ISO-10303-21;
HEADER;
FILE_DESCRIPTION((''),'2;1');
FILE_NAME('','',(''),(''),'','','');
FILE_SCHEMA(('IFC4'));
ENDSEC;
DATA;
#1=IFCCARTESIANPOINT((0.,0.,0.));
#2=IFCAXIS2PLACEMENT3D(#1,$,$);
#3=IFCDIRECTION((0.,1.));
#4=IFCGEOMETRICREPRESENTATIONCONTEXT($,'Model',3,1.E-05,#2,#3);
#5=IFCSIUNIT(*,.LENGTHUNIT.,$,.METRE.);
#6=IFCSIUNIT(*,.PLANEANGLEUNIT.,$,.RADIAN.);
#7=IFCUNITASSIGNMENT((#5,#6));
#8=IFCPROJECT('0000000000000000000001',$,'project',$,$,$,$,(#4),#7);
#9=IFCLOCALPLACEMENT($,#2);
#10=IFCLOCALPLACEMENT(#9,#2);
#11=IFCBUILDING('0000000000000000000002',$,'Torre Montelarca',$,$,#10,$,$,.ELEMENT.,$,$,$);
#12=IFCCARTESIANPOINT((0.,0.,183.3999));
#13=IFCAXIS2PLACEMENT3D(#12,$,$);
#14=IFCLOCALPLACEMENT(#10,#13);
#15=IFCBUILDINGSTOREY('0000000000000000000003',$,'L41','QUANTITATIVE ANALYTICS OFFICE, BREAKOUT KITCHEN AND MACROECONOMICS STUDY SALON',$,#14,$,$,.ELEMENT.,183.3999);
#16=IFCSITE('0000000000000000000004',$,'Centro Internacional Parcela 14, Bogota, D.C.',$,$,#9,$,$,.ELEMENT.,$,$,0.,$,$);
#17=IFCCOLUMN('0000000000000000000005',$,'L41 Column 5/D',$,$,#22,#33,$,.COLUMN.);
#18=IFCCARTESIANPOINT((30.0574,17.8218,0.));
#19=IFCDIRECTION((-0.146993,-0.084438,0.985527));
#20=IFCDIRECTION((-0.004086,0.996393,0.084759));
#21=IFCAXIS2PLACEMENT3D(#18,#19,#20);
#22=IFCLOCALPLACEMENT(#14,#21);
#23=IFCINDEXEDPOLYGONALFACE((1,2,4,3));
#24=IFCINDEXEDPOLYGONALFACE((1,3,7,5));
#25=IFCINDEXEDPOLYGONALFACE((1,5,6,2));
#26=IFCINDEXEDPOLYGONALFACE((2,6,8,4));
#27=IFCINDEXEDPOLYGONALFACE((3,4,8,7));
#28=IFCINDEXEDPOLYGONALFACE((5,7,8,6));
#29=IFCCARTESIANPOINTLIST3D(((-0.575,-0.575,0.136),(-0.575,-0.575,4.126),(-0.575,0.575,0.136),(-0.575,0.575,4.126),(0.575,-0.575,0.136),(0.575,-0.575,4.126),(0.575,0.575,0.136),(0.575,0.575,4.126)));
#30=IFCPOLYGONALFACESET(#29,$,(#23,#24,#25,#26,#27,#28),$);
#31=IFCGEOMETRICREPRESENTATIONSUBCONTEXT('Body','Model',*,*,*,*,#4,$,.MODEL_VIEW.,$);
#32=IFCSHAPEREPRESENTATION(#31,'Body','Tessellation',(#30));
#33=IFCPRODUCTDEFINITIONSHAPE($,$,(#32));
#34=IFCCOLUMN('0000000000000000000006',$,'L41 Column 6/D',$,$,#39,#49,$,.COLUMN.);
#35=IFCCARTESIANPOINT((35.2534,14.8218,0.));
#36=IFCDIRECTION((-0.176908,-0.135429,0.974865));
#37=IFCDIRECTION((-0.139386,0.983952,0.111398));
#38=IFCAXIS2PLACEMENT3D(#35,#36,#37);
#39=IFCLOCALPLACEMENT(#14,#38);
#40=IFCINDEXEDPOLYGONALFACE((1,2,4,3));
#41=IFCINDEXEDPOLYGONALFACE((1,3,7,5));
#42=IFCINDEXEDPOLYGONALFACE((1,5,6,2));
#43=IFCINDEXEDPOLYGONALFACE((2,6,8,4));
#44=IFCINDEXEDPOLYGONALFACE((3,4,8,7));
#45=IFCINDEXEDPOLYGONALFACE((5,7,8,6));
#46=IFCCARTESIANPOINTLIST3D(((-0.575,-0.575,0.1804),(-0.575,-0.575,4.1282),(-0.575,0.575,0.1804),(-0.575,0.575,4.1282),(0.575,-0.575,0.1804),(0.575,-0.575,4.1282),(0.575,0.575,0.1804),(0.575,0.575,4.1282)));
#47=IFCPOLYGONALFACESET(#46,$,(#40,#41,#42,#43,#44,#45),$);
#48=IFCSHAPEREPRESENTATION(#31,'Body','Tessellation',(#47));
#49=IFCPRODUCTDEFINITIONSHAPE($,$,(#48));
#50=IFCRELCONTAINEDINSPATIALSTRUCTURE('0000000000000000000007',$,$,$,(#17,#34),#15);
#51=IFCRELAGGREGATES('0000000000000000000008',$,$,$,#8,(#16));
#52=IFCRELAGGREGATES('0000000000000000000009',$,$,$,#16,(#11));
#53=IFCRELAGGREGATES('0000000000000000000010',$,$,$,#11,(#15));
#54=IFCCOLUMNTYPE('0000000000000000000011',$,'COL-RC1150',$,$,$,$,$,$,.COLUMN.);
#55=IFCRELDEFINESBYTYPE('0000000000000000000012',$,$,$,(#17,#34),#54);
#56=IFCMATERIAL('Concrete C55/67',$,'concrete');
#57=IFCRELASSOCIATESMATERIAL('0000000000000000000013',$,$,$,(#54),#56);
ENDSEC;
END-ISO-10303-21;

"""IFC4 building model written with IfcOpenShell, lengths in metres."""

from ifc_helpers import new_model, si_unit, direction, frame, origin, origin_2d, place, context, subcontext, project, spatial, rectangle, extrude, clip, halfspace, material, material_profile, profile_set, type_object, element, save


model = new_model("IFC4")

# Units and contexts
model_context = context("Model", 3, precision=1e-05, world=origin(), true_north=direction((0.0, 1.0)))
body_context = subcontext(model_context, "Body", "Model", "MODEL_VIEW")
ifc_project = project(units=[si_unit("LENGTHUNIT", "METRE"), si_unit("PLANEANGLEUNIT", "RADIAN")], contexts=[model_context])

# Site, building, storey
site_placement = place(None, origin())
site = spatial("IfcSite", under=ifc_project, at=site_placement, Name="Centro Internacional Parcela 14, Bogota, D.C.", CompositionType="ELEMENT", RefElevation=0.0)
building_placement = place(site_placement, origin())
building = spatial("IfcBuilding", under=site, at=building_placement, Name="Torre Montelarca", CompositionType="ELEMENT")
storey_placement = place(building_placement, frame((0.0, 0.0, 183.3999)))
storey = spatial("IfcBuildingStorey", under=building, at=storey_placement, Name="L41", Description="QUANTITATIVE ANALYTICS OFFICE, BREAKOUT KITCHEN AND MACROECONOMICS STUDY SALON", CompositionType="ELEMENT", Elevation=183.3999)

# Columns
ifc_material_1 = material(Name="Concrete C55/67", Category="concrete")
ifc_material_profile_1 = material_profile(ifc_material_1, rectangle(XDim=1.1499, YDim=1.1499, at=origin_2d()), Name="RC1150X1150", Category="concrete")
ifc_profile_set_1 = profile_set([ifc_material_profile_1], Name="Concrete C55/67")
column_type = type_object("IfcColumnType", Name="COL-RC1150", PredefinedType="COLUMN", material=ifc_profile_set_1)
column_1_placement = place(storey_placement, frame((30.0574, 17.8218, 0.0), z_axis=(-0.146993, -0.084438, 0.985527), x_axis=(-0.004086, 0.996393, 0.084759)))
element("IfcColumn", 1, at=column_1_placement, inside=storey, type_object=column_type, Name="L41 Column 5/D", PredefinedType="COLUMN", context=body_context, shape_type="Clipping", body=[
    clip(clip(extrude(rectangle(XDim=1.1499, YDim=1.1499, at=origin_2d()), origin(), (0.0, 0.0, 1.0), 4.262), halfspace(frame((0.0, 0.0, 0.136), z_axis=(0.0, 0.0, -1.0), x_axis=(1.0, 0.0, 0.0)), False)), halfspace(frame((0.0, 0.0, 4.126), z_axis=(0.0, 0.0, 1.0), x_axis=(1.0, 0.0, 0.0)), False)),
])
column_2_placement = place(storey_placement, frame((35.2534, 14.8218, 0.0), z_axis=(-0.176908, -0.135429, 0.974865), x_axis=(-0.139386, 0.983952, 0.111398)))
element("IfcColumn", 2, at=column_2_placement, inside=storey, type_object=column_type, Name="L41 Column 6/D", PredefinedType="COLUMN", context=body_context, shape_type="Clipping", body=[
    clip(clip(extrude(rectangle(XDim=1.1499, YDim=1.1499, at=origin_2d()), origin(), (0.0, 0.0, 1.0), 4.3086), halfspace(frame((0.0, 0.0, 0.1804), z_axis=(0.0, 0.0, -1.0), x_axis=(1.0, 0.0, 0.0)), False)), halfspace(frame((0.0, 0.0, 4.1282), z_axis=(0.0, 0.0, 1.0), x_axis=(1.0, 0.0, 0.0)), False)),
])

save(model, "model.ifc")
